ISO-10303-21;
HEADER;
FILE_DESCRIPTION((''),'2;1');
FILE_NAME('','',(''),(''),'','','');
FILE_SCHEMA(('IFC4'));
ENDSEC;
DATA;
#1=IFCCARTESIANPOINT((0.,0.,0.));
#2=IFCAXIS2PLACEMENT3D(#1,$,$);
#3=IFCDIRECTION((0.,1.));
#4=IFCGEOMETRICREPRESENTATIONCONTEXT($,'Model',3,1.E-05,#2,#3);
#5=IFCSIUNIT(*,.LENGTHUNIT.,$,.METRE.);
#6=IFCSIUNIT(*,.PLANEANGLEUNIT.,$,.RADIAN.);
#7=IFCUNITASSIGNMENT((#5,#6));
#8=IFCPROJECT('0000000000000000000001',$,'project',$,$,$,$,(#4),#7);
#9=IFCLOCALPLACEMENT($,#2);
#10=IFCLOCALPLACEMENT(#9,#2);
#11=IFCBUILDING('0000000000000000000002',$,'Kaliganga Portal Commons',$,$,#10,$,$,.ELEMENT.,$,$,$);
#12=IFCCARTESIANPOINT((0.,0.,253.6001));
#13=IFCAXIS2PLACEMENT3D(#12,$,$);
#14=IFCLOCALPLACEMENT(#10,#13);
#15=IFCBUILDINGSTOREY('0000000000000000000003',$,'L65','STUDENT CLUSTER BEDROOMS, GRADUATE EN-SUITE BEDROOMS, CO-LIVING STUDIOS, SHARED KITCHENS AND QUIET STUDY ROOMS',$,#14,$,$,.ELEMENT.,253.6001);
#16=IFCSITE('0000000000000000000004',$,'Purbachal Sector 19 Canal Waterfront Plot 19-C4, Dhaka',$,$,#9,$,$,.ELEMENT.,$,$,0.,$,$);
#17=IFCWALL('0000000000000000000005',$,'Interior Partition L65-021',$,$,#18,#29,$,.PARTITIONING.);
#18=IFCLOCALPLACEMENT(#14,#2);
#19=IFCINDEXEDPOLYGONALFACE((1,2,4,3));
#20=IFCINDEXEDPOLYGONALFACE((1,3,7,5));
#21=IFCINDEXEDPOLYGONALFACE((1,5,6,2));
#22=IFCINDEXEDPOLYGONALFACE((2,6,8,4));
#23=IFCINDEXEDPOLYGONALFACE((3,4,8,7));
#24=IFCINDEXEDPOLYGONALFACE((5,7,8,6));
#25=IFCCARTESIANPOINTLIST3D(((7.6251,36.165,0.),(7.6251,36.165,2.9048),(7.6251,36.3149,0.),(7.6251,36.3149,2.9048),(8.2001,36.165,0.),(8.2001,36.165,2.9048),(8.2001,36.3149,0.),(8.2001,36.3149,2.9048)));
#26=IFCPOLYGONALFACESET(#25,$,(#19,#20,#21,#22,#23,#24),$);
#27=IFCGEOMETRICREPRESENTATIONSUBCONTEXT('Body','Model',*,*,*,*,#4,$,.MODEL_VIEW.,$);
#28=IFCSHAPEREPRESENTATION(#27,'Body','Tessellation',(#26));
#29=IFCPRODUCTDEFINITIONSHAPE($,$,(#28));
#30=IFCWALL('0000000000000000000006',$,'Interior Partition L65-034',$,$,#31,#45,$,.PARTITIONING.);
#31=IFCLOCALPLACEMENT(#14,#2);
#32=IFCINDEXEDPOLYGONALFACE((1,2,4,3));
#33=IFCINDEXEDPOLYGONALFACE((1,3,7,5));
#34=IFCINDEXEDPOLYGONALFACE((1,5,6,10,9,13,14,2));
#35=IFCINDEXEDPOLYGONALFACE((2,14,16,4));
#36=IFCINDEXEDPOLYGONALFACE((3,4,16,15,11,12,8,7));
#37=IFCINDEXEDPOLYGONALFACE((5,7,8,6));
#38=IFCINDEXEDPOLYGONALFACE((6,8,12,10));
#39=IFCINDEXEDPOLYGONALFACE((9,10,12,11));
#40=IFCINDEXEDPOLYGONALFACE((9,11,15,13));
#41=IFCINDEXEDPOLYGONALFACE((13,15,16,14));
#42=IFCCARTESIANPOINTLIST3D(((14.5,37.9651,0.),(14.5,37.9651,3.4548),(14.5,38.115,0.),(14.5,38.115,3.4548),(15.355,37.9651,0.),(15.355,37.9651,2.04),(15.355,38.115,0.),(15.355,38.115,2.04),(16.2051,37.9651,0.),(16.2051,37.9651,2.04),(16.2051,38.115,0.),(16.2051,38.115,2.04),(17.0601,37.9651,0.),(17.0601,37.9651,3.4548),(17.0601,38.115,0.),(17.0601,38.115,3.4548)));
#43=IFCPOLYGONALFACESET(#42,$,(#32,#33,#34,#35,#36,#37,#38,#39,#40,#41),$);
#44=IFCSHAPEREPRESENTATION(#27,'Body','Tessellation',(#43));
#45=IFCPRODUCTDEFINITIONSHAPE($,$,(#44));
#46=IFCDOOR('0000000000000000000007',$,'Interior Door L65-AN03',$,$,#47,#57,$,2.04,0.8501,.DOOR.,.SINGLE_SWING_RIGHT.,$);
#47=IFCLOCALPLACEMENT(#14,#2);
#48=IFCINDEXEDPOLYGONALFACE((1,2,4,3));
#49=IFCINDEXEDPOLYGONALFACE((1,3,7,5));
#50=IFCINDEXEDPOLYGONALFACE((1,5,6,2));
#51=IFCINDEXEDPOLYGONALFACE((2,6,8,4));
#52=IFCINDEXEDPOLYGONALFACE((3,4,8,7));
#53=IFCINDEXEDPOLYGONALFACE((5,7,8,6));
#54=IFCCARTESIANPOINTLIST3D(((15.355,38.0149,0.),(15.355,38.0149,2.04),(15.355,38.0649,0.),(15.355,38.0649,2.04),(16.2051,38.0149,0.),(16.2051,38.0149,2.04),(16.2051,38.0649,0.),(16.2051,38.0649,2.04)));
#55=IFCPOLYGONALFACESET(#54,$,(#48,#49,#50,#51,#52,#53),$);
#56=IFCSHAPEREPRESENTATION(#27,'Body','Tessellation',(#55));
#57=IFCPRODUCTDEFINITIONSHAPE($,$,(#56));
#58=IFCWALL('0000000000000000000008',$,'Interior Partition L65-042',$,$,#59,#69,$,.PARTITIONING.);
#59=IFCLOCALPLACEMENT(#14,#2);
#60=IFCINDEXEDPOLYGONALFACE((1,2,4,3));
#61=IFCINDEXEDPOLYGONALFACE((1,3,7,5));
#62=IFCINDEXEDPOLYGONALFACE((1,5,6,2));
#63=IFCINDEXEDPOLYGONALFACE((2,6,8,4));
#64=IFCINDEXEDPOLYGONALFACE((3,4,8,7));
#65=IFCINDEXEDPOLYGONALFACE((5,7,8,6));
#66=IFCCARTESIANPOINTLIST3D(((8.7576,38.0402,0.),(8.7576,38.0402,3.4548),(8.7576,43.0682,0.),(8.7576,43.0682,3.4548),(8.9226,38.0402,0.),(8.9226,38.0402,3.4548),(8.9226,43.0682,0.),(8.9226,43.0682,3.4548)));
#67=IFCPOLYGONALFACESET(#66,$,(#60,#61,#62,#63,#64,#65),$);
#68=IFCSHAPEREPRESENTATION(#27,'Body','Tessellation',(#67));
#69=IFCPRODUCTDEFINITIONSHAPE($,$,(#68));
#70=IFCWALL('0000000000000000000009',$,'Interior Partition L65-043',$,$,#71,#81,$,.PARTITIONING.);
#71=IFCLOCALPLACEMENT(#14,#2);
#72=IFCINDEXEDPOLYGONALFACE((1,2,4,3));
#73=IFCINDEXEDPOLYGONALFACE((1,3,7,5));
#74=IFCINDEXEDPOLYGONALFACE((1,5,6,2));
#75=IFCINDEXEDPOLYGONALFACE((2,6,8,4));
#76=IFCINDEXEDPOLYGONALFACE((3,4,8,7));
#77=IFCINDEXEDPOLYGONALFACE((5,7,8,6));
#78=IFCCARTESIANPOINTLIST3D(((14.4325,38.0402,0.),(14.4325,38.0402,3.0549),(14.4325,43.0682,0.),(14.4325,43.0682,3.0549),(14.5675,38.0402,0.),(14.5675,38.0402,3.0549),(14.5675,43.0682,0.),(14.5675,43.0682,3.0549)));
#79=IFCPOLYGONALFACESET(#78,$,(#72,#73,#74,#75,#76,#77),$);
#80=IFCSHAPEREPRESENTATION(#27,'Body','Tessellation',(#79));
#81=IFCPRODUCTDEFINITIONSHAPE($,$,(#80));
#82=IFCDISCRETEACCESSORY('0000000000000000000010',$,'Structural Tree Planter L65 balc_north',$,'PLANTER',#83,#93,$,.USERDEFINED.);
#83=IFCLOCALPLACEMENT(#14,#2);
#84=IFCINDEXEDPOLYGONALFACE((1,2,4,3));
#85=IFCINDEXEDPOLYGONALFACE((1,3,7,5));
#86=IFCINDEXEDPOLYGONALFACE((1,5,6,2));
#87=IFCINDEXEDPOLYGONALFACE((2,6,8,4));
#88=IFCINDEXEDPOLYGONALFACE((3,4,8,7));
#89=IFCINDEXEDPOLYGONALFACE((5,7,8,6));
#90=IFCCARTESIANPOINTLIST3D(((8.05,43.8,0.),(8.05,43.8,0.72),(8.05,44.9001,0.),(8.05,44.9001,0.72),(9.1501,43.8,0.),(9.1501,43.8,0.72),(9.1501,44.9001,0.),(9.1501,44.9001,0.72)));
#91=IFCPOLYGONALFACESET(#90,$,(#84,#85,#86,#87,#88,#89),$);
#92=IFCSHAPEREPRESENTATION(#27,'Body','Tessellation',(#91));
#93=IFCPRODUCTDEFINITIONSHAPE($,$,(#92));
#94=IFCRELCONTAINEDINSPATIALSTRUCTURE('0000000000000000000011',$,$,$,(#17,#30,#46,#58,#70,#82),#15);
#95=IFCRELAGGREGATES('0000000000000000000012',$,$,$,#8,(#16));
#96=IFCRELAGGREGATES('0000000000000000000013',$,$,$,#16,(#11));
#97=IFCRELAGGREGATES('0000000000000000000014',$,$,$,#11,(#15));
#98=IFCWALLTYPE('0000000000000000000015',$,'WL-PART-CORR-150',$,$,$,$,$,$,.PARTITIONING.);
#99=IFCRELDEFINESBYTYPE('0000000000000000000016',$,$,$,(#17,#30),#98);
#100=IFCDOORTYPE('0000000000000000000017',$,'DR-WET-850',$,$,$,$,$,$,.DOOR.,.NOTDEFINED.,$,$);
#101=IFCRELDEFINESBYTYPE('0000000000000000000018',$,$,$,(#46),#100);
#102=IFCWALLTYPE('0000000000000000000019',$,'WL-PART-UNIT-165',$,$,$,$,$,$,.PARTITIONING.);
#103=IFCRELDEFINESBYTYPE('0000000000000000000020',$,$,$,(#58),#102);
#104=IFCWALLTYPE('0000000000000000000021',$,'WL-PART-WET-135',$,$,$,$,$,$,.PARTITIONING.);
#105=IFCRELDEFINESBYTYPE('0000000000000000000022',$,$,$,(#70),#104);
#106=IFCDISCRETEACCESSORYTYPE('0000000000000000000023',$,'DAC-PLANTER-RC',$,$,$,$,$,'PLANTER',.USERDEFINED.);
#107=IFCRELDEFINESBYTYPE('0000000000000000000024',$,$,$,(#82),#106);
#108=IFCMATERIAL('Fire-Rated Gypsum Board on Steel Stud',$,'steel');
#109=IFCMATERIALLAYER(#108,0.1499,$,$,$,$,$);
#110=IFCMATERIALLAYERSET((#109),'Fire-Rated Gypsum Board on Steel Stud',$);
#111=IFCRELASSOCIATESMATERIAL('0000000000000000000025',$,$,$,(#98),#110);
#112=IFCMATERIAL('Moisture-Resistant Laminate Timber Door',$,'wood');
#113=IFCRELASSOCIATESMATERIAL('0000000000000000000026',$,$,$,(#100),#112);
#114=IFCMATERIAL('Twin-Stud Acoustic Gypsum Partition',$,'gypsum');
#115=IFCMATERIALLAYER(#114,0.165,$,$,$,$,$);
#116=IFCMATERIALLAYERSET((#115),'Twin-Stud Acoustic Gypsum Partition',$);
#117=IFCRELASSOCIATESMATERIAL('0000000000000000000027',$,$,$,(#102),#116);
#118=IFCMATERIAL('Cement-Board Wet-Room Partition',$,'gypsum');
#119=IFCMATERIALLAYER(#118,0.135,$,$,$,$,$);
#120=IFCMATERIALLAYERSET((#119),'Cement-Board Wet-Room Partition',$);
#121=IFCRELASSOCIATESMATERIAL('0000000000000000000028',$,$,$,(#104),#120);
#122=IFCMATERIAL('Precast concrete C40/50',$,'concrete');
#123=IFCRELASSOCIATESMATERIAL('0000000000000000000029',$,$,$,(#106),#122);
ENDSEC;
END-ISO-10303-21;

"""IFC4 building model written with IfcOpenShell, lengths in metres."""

from ifc_helpers import new_model, si_unit, direction, frame, frame_2d, origin, origin_2d, place, context, subcontext, project, spatial, rectangle, extrude, source, transform, mapped, material, layer, layer_set, type_object, element, fill, save


model = new_model("IFC4")

# Units and contexts
model_context = context("Model", 3, precision=1e-05, world=origin(), true_north=direction((0.0, 1.0)))
body_context = subcontext(model_context, "Body", "Model", "MODEL_VIEW")
ifc_project = project(units=[si_unit("LENGTHUNIT", "METRE"), si_unit("PLANEANGLEUNIT", "RADIAN")], contexts=[model_context])

# Site, building, storey
site_placement = place(None, origin())
site = spatial("IfcSite", under=ifc_project, at=site_placement, Name="Purbachal Sector 19 Canal Waterfront Plot 19-C4, Dhaka", CompositionType="ELEMENT", RefElevation=0.0)
building_placement = place(site_placement, origin())
building = spatial("IfcBuilding", under=site, at=building_placement, Name="Kaliganga Portal Commons", CompositionType="ELEMENT")
storey_placement = place(building_placement, frame((0.0, 0.0, 253.6001)))
storey = spatial("IfcBuildingStorey", under=building, at=storey_placement, Name="L65", Description="STUDENT CLUSTER BEDROOMS, GRADUATE EN-SUITE BEDROOMS, CO-LIVING STUDIOS, SHARED KITCHENS AND QUIET STUDY ROOMS", CompositionType="ELEMENT", Elevation=253.6001)

# Shared definitions
ifc_material_1 = material(Name="Fire-Rated Gypsum Board on Steel Stud", Category="steel")
ifc_layer_1 = layer(ifc_material_1, 0.1499)
ifc_layer_set_1 = layer_set([ifc_layer_1], Name="Fire-Rated Gypsum Board on Steel Stud")
wall_type_1 = type_object("IfcWallType", Name="WL-PART-CORR-150", PredefinedType="PARTITIONING", material=ifc_layer_set_1)

# Wall
wall_1_placement = place(storey_placement, frame((7.625, 36.24, 0.0), z_axis=(0.0, 0.0, 1.0), x_axis=(1.0, 0.0, 0.0)))
element("IfcWall", 1, at=wall_1_placement, inside=storey, type_object=wall_type_1, Name="Interior Partition L65-021", PredefinedType="PARTITIONING", context=body_context, shape_type="SweptSolid", body=[
    extrude(rectangle(XDim=0.575, YDim=0.1499, at=frame_2d((0.2876, 0.0))), origin(), (0.0, 0.0, 1.0), 2.9048),
])

# Wall, opening, door
wall_2_placement = place(storey_placement, frame((14.5, 38.04, 0.0), z_axis=(0.0, 0.0, 1.0), x_axis=(1.0, 0.0, 0.0)))
wall_2 = element("IfcWall", 2, at=wall_2_placement, inside=storey, type_object=wall_type_1, Name="Interior Partition L65-034", PredefinedType="PARTITIONING", context=body_context, shape_type="SweptSolid", body=[
    extrude(rectangle(XDim=2.5601, YDim=0.1499, at=frame_2d((1.28, 0.0))), origin(), (0.0, 0.0, 1.0), 3.4548),
])
opening_1_placement = place(wall_2_placement, frame((0.855, 0.0, 0.0)))
opening_1 = element("IfcOpeningElement", 3, at=opening_1_placement, cuts=wall_2, PredefinedType="OPENING", context=body_context, shape_type="SweptSolid", body=[
    extrude(rectangle(XDim=0.8501, YDim=2.04, at=frame_2d((0.425, 1.02))), frame((0.0, 0.085, 0.0), z_axis=(0.0, -1.0, 0.0), x_axis=(1.0, 0.0, 0.0)), (0.0, 0.0, 1.0), 0.1699),
])
ifc_material_2 = material(Name="Moisture-Resistant Laminate Timber Door", Category="wood")
door_type_1 = type_object("IfcDoorType", Name="DR-WET-850", OperationType="NOTDEFINED", PredefinedType="DOOR", material=ifc_material_2)
door_1_placement = place(opening_1_placement, origin())
door_1 = element("IfcDoor", 4, at=door_1_placement, inside=storey, type_object=door_type_1, Name="Interior Door L65-AN03", OperationType="SINGLE_SWING_RIGHT", OverallHeight=2.04, OverallWidth=0.8501, PredefinedType="DOOR", context=body_context, shape_type="SweptSolid", body=[
    extrude(rectangle(XDim=0.8501, YDim=2.04, at=frame_2d((0.425, 1.02))), frame((0.0, 0.0249, 0.0), z_axis=(0.0, -1.0, 0.0), x_axis=(1.0, 0.0, 0.0)), (0.0, 0.0, 1.0), 0.05),
])
fill(opening_1, door_1)

# Walls
ifc_material_3 = material(Name="Twin-Stud Acoustic Gypsum Partition", Category="gypsum")
ifc_layer_2 = layer(ifc_material_3, 0.165)
ifc_layer_set_2 = layer_set([ifc_layer_2], Name="Twin-Stud Acoustic Gypsum Partition")
wall_type_2 = type_object("IfcWallType", Name="WL-PART-UNIT-165", PredefinedType="PARTITIONING", material=ifc_layer_set_2)
wall_3_placement = place(storey_placement, frame((8.8401, 38.04, 0.0), z_axis=(0.0, 0.0, 1.0), x_axis=(0.0, 1.0, 0.0)))
element("IfcWall", 5, at=wall_3_placement, inside=storey, type_object=wall_type_2, Name="Interior Partition L65-042", PredefinedType="PARTITIONING", context=body_context, shape_type="SweptSolid", body=[
    extrude(rectangle(XDim=5.0281, YDim=0.165, at=frame_2d((2.5142, 0.0))), origin(), (0.0, 0.0, 1.0), 3.4548),
])
ifc_material_4 = material(Name="Cement-Board Wet-Room Partition", Category="gypsum")
ifc_layer_3 = layer(ifc_material_4, 0.135)
ifc_layer_set_3 = layer_set([ifc_layer_3], Name="Cement-Board Wet-Room Partition")
wall_type_3 = type_object("IfcWallType", Name="WL-PART-WET-135", PredefinedType="PARTITIONING", material=ifc_layer_set_3)
wall_4_placement = place(storey_placement, frame((14.5, 38.04, 0.0), z_axis=(0.0, 0.0, 1.0), x_axis=(0.0, 1.0, 0.0)))
element("IfcWall", 6, at=wall_4_placement, inside=storey, type_object=wall_type_3, Name="Interior Partition L65-043", PredefinedType="PARTITIONING", context=body_context, shape_type="SweptSolid", body=[
    extrude(rectangle(XDim=5.0281, YDim=0.135, at=frame_2d((2.5142, 0.0))), origin(), (0.0, 0.0, 1.0), 3.0549),
])

# Discrete accessory
ifc_material_5 = material(Name="Precast concrete C40/50", Category="concrete")
discrete_accessory_type = type_object("IfcDiscreteAccessoryType", Name="DAC-PLANTER-RC", ElementType="PLANTER", PredefinedType="USERDEFINED", material=ifc_material_5)
shared_shape_1 = source(origin(), body_context, "Body", "SweptSolid", [
    extrude(rectangle(XDim=1.1001, YDim=1.1001, at=origin_2d()), origin(), (0.0, 0.0, 1.0), 0.72),
])
discrete_accessory_placement = place(storey_placement, frame((8.6001, 44.3501, 0.0), z_axis=(0.0, 0.0, 1.0), x_axis=(1.0, 0.0, 0.0)))
element("IfcDiscreteAccessory", 7, at=discrete_accessory_placement, inside=storey, type_object=discrete_accessory_type, Name="Structural Tree Planter L65 balc_north", ObjectType="PLANTER", PredefinedType="USERDEFINED", context=body_context, shape_type="MappedRepresentation", body=[
    mapped(shared_shape_1, transform((0.0, 0.0, 0.0), x_axis=(1.0, 0.0, 0.0), y_axis=(0.0, 1.0, 0.0), z_axis=(0.0, 0.0, 1.0), scale=1.0)),
])

save(model, "model.ifc")
